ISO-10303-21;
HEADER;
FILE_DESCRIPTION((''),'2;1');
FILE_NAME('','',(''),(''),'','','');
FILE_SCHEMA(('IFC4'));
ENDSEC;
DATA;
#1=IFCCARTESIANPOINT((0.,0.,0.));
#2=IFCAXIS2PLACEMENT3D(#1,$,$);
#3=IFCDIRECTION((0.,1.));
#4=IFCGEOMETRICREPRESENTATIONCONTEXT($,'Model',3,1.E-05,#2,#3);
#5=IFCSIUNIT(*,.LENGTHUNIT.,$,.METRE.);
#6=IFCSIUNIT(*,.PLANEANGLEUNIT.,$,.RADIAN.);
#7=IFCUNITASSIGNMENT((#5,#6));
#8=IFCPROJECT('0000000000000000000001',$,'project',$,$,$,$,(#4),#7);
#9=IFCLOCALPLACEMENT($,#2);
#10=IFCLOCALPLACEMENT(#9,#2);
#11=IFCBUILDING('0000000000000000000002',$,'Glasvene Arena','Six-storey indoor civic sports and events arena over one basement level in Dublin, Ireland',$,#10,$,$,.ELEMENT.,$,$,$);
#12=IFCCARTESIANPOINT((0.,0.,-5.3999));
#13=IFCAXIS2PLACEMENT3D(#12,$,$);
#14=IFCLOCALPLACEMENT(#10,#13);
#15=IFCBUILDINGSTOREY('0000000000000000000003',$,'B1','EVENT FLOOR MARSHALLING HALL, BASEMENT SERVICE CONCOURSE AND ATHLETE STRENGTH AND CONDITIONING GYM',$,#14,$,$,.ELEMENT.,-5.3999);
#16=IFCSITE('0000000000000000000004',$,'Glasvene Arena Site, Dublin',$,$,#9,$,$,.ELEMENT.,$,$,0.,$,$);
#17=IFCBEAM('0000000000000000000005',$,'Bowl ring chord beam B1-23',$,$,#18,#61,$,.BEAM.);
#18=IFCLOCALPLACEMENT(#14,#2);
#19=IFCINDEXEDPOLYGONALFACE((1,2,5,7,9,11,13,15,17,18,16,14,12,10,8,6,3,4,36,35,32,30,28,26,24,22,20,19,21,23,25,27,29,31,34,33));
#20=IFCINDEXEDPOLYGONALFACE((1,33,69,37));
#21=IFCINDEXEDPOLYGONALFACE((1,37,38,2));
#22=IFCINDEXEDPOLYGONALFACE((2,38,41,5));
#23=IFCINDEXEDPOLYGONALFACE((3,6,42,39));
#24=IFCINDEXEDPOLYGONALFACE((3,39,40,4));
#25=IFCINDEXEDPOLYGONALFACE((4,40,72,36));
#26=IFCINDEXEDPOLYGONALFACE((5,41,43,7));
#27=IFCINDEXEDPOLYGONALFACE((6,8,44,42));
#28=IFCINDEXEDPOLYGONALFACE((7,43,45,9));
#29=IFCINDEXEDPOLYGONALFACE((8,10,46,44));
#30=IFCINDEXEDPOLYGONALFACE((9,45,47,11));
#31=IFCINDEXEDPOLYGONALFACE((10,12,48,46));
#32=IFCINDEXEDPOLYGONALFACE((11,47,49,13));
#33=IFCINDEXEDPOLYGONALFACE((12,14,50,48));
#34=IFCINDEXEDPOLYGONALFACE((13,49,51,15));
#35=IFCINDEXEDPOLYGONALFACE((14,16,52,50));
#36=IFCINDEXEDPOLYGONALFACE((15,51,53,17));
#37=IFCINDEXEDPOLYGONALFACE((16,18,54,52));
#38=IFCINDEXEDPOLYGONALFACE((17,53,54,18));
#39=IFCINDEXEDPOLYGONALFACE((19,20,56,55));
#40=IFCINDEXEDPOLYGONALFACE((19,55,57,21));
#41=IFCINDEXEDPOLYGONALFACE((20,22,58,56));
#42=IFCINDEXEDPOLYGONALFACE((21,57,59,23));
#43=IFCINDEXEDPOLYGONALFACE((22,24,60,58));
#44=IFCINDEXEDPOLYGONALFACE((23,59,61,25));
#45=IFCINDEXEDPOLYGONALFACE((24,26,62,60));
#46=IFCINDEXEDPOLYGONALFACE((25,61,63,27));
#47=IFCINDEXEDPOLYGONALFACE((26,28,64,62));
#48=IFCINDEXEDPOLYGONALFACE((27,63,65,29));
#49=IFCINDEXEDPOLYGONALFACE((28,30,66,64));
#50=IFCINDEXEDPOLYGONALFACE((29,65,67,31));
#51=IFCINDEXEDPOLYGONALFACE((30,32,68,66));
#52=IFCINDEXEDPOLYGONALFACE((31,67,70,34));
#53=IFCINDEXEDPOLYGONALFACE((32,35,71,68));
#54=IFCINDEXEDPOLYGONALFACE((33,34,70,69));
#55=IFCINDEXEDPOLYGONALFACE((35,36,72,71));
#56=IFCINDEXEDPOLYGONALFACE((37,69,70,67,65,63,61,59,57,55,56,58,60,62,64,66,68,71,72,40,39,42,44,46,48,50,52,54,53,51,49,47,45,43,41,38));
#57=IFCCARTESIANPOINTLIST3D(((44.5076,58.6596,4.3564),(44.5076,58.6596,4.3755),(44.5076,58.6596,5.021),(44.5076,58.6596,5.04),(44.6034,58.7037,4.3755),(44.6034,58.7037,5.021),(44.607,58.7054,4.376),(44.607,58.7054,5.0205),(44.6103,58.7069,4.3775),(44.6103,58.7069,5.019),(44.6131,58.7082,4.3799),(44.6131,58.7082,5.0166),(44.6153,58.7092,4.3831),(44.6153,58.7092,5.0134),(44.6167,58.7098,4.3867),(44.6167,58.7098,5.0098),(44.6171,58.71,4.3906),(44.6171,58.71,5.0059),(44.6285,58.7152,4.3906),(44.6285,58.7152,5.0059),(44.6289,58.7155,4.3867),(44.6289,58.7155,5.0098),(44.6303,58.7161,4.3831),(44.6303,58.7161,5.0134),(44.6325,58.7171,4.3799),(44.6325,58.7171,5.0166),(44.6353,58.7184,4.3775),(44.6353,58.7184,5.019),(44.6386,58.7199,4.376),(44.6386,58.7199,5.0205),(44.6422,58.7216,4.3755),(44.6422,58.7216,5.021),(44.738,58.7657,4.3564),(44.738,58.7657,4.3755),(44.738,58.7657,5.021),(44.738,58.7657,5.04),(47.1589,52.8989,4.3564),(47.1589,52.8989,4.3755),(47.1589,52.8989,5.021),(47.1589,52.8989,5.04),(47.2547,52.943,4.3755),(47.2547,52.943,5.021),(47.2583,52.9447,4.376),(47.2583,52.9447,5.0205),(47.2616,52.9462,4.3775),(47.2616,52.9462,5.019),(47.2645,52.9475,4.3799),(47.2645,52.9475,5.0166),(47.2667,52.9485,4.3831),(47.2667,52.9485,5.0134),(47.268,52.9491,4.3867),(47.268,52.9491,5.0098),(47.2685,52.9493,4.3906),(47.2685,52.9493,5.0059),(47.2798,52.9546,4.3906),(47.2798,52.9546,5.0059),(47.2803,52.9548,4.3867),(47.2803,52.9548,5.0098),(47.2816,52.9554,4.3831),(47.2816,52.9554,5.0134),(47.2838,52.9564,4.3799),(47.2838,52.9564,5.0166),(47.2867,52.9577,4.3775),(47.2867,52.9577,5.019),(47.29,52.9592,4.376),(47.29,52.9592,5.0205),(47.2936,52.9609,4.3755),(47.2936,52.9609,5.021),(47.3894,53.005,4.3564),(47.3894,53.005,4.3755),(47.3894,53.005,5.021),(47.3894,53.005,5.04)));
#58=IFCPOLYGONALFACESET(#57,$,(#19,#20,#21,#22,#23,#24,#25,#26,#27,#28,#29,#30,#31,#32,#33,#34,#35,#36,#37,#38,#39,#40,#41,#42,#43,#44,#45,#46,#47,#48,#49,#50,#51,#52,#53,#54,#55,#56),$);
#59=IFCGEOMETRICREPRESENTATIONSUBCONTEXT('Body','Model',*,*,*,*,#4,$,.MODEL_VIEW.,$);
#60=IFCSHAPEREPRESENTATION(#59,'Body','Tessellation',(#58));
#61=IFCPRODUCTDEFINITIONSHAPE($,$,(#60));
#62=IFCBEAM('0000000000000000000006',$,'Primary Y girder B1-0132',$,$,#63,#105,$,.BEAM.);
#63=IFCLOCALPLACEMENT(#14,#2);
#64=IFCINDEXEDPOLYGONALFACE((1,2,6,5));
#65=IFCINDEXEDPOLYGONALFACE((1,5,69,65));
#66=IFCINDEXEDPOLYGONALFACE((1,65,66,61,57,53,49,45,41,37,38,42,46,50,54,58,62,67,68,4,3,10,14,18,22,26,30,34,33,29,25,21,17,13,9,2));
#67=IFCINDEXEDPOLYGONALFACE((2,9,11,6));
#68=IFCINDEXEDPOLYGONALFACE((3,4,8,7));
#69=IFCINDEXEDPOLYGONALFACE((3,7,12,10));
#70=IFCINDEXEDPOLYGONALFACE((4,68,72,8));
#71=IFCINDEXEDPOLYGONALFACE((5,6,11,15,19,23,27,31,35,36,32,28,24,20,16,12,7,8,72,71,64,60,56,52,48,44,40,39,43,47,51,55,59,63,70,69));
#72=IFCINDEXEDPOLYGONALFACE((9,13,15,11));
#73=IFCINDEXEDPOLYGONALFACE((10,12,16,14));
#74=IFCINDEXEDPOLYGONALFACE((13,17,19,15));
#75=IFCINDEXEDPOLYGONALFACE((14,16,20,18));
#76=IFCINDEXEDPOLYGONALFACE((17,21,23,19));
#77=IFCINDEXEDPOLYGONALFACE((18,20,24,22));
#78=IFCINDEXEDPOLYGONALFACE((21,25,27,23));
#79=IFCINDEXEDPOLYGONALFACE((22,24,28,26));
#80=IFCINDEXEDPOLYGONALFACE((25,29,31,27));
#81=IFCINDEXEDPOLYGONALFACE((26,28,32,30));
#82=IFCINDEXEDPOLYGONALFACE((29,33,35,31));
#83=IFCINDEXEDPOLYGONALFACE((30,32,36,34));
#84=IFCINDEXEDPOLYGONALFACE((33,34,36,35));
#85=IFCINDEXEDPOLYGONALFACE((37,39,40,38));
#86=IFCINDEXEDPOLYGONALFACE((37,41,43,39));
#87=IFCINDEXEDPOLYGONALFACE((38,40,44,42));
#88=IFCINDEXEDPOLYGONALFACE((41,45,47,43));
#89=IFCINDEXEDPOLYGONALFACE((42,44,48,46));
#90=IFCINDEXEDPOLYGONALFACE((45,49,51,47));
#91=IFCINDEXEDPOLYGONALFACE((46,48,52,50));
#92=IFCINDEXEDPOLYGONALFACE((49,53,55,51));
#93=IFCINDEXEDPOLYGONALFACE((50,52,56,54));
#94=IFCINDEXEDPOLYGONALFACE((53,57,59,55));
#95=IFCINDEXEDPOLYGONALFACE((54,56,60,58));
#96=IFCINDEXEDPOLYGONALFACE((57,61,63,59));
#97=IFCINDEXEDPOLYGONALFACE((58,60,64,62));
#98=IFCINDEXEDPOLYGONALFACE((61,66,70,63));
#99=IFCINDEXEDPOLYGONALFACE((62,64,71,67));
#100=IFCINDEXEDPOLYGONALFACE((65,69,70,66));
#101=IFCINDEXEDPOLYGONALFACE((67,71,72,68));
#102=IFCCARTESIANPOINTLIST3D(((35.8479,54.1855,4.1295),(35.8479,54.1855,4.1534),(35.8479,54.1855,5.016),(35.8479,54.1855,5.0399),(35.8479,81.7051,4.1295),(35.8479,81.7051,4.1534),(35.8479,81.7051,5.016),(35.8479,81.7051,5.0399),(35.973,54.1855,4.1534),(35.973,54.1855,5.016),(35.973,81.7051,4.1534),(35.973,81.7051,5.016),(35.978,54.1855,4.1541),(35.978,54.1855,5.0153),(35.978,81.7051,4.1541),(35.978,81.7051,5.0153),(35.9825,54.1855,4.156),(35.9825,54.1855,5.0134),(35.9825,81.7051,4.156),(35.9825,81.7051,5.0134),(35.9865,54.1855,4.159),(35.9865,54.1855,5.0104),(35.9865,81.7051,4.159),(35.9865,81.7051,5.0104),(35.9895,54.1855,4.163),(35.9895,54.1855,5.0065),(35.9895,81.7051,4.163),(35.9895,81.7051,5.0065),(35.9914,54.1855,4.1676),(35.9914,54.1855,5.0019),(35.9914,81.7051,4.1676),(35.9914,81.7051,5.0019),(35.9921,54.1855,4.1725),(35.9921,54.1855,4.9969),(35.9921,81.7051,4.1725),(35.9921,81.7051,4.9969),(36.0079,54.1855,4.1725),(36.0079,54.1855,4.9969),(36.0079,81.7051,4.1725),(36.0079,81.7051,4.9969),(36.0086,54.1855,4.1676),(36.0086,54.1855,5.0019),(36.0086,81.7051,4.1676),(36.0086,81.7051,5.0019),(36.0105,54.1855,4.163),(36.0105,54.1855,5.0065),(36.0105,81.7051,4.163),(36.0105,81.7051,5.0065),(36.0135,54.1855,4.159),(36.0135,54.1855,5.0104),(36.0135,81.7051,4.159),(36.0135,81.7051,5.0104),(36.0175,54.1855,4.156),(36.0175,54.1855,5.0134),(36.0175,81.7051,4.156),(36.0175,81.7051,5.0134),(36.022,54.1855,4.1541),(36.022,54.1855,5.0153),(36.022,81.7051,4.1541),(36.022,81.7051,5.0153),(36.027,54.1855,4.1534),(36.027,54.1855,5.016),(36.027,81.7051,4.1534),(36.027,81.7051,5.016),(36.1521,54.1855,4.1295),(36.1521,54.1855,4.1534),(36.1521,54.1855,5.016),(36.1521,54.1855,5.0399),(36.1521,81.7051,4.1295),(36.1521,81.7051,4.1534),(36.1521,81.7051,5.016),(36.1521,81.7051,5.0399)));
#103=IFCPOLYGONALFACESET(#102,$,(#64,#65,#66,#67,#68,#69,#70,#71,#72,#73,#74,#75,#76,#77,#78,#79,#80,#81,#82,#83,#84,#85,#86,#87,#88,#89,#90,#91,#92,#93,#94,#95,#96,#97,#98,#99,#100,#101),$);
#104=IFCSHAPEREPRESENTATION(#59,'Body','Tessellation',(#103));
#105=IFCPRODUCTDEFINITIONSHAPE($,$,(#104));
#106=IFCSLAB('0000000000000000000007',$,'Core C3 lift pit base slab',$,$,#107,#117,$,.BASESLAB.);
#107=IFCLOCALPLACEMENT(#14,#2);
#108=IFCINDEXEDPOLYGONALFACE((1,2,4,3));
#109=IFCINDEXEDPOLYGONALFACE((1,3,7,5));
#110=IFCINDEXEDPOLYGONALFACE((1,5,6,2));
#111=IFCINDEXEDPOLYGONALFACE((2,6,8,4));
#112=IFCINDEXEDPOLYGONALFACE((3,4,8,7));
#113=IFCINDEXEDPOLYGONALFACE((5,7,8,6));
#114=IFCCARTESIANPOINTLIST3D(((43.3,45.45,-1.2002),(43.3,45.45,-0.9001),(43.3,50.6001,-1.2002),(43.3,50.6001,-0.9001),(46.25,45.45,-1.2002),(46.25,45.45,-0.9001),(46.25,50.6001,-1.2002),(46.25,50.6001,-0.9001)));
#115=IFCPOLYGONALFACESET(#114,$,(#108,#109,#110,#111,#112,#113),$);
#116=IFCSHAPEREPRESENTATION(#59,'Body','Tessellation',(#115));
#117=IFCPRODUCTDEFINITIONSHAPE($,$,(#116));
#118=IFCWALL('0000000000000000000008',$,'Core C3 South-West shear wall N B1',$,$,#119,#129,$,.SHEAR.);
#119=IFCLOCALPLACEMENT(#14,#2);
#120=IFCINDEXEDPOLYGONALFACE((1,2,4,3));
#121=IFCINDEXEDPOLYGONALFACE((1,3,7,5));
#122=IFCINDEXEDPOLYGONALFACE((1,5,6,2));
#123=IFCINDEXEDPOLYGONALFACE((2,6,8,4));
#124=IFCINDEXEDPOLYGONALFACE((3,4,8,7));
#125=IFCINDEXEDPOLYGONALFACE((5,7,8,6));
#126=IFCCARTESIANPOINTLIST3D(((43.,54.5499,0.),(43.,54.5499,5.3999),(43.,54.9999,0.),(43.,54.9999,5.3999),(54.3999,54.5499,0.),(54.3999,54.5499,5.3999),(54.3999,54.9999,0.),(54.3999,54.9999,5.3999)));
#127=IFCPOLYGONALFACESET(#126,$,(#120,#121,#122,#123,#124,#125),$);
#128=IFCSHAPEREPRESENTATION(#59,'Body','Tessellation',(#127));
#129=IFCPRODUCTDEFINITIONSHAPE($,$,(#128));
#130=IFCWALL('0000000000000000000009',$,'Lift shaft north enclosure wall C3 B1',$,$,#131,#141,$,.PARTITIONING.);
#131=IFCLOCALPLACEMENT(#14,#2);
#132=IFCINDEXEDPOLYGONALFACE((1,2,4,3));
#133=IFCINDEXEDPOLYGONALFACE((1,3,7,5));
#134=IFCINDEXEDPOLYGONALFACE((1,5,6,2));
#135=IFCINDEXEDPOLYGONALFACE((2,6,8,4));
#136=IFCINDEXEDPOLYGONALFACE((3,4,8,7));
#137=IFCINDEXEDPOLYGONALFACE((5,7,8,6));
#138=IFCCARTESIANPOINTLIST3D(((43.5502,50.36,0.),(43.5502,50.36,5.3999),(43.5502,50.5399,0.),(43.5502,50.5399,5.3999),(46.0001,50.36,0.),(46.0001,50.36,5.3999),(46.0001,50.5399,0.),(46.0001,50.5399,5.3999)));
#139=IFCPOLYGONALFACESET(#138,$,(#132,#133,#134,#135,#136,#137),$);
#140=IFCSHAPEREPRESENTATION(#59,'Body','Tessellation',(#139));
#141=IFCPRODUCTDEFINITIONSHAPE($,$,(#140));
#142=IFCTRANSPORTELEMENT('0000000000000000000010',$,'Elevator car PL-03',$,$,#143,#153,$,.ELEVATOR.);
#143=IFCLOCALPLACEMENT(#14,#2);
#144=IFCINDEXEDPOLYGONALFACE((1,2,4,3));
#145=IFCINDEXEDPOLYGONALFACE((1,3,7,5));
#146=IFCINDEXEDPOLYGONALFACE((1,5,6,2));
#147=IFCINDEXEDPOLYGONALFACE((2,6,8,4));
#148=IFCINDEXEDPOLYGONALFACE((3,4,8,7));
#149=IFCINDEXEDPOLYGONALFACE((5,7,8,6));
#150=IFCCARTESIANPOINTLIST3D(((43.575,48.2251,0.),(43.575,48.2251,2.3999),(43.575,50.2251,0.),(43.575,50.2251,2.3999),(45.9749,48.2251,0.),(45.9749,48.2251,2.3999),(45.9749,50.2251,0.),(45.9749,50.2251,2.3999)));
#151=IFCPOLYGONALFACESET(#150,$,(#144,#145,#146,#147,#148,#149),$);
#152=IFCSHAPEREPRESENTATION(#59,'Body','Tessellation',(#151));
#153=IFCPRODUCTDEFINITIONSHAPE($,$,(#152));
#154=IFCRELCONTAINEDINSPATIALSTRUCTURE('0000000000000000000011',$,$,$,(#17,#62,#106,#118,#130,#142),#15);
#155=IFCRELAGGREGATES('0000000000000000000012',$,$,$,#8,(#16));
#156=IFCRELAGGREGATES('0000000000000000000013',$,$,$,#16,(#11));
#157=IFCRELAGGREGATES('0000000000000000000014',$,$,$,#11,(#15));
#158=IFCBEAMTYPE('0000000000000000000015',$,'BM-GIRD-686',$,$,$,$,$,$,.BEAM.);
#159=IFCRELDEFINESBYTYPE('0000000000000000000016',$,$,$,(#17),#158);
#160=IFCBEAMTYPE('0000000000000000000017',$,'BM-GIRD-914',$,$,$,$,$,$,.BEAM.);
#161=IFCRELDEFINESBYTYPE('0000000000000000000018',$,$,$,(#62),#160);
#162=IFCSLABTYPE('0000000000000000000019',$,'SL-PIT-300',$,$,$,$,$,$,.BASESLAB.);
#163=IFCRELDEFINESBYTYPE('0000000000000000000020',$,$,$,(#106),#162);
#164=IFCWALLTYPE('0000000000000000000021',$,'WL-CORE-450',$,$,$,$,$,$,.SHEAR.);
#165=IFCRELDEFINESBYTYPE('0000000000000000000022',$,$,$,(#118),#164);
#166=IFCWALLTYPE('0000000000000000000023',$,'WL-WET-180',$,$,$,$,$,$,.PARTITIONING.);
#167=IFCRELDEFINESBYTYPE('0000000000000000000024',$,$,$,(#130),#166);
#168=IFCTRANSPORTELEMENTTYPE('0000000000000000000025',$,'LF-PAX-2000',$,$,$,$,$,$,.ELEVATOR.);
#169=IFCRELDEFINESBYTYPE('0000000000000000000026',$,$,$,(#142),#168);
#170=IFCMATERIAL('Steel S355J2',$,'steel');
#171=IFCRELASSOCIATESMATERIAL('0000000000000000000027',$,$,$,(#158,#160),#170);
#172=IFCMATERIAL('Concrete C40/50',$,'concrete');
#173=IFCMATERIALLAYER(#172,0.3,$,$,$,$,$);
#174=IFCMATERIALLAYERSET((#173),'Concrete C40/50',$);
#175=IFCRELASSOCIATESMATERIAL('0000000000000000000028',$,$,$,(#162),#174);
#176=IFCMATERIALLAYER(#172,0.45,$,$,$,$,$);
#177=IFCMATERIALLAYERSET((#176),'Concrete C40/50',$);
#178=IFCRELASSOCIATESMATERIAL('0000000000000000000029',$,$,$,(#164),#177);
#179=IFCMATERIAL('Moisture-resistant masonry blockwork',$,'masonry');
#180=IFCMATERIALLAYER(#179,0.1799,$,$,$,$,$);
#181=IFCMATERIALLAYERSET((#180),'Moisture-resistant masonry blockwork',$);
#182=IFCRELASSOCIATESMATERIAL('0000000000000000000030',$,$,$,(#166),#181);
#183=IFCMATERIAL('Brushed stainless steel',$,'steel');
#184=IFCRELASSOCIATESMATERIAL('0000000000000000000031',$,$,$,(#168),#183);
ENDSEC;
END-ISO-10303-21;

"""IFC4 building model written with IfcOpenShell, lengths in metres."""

from ifc_helpers import new_model, si_unit, direction, frame, frame_2d, origin, origin_2d, place, context, subcontext, project, spatial, polyline, rectangle, i_section, outline, extrude, material, layer, layer_set, material_profile, profile_set, type_object, element, save


model = new_model("IFC4")

# Units and contexts
model_context = context("Model", 3, precision=1e-05, world=origin(), true_north=direction((0.0, 1.0)))
body_context = subcontext(model_context, "Body", "Model", "MODEL_VIEW")
ifc_project = project(units=[si_unit("LENGTHUNIT", "METRE"), si_unit("PLANEANGLEUNIT", "RADIAN")], contexts=[model_context])

# Site, building, storey
site_placement = place(None, origin())
site = spatial("IfcSite", under=ifc_project, at=site_placement, Name="Glasvene Arena Site, Dublin", CompositionType="ELEMENT", RefElevation=0.0)
building_placement = place(site_placement, origin())
building = spatial("IfcBuilding", under=site, at=building_placement, Name="Glasvene Arena", Description="Six-storey indoor civic sports and events arena over one basement level in Dublin, Ireland", CompositionType="ELEMENT")
storey_placement = place(building_placement, frame((0.0, 0.0, -5.3999)))
storey = spatial("IfcBuildingStorey", under=building, at=storey_placement, Name="B1", Description="EVENT FLOOR MARSHALLING HALL, BASEMENT SERVICE CONCOURSE AND ATHLETE STRENGTH AND CONDITIONING GYM", CompositionType="ELEMENT", Elevation=-5.3999)

# Shared definitions
ifc_material_1 = material(Name="Concrete C40/50", Category="concrete")

# Shared definitions
ifc_material_2 = material(Name="Steel S355J2", Category="steel")

# Beams
ifc_material_profile_1 = material_profile(ifc_material_2, i_section(OverallWidth=0.2537, OverallDepth=0.6836, WebThickness=0.0125, FlangeThickness=0.019, FilletRadius=0.0151, at=origin_2d()), Name="UKB 686x254x140")
ifc_profile_set_1 = profile_set([ifc_material_profile_1], Name="Steel S355J2")
beam_type_1 = type_object("IfcBeamType", Name="BM-GIRD-686", PredefinedType="BEAM", material=ifc_profile_set_1)
beam_1_placement = place(storey_placement, frame((44.6228, 58.7126, 4.6982), z_axis=(0.418091, -0.908405, 0.0), x_axis=(0.908405, 0.418091, 0.0)))
element("IfcBeam", 1, at=beam_1_placement, inside=storey, type_object=beam_type_1, Name="Bowl ring chord beam B1-23", PredefinedType="BEAM", context=body_context, shape_type="SweptSolid", body=[
    extrude(i_section(OverallWidth=0.2537, OverallDepth=0.6836, WebThickness=0.0125, FlangeThickness=0.019, FilletRadius=0.0151, at=origin_2d()), origin(), (0.0, 0.0, 1.0), 6.3416),
])
ifc_material_profile_2 = material_profile(ifc_material_2, i_section(OverallWidth=0.3042, OverallDepth=0.9104, WebThickness=0.0159, FlangeThickness=0.0239, FilletRadius=0.019, at=origin_2d()), Name="UKB 914x305x224")
ifc_profile_set_2 = profile_set([ifc_material_profile_2], Name="Steel S355J2")
beam_type_2 = type_object("IfcBeamType", Name="BM-GIRD-914", PredefinedType="BEAM", material=ifc_profile_set_2)
beam_2_placement = place(storey_placement, frame((36.0, 54.1855, 4.5847), z_axis=(0.0, 1.0, 0.0), x_axis=(-1.0, 0.0, 0.0)))
element("IfcBeam", 2, at=beam_2_placement, inside=storey, type_object=beam_type_2, Name="Primary Y girder B1-0132", PredefinedType="BEAM", context=body_context, shape_type="SweptSolid", body=[
    extrude(i_section(OverallWidth=0.3042, OverallDepth=0.9104, WebThickness=0.0159, FlangeThickness=0.0239, FilletRadius=0.019, at=origin_2d()), origin(), (0.0, 0.0, 1.0), 27.5195),
])

# Slab
ifc_layer_1 = layer(ifc_material_1, 0.3)
ifc_layer_set_1 = layer_set([ifc_layer_1], Name="Concrete C40/50")
slab_type = type_object("IfcSlabType", Name="SL-PIT-300", PredefinedType="BASESLAB", material=ifc_layer_set_1)
slab_placement = place(storey_placement, frame((44.7749, 48.0249, -1.2002)))
element("IfcSlab", 3, at=slab_placement, inside=storey, type_object=slab_type, Name="Core C3 lift pit base slab", PredefinedType="BASESLAB", context=body_context, shape_type="SweptSolid", body=[
    extrude(outline(polyline([(-1.4749, -2.575), (1.4751, -2.575), (1.4751, 2.5752), (-1.4749, 2.5752), (-1.4749, -2.575)])), origin(), (0.0, 0.0, 1.0), 0.3),
])

# Walls
ifc_layer_2 = layer(ifc_material_1, 0.45)
ifc_layer_set_2 = layer_set([ifc_layer_2], Name="Concrete C40/50")
wall_type_1 = type_object("IfcWallType", Name="WL-CORE-450", PredefinedType="SHEAR", material=ifc_layer_set_2)
wall_1_placement = place(storey_placement, frame((43.0, 54.7749, 0.0), z_axis=(0.0, 0.0, 1.0), x_axis=(1.0, 0.0, 0.0)))
element("IfcWall", 4, at=wall_1_placement, inside=storey, type_object=wall_type_1, Name="Core C3 South-West shear wall N B1", PredefinedType="SHEAR", context=body_context, shape_type="SweptSolid", body=[
    extrude(rectangle(XDim=11.3999, YDim=0.45, at=frame_2d((5.7, 0.0))), origin(), (0.0, 0.0, 1.0), 5.3999),
])
ifc_material_3 = material(Name="Moisture-resistant masonry blockwork", Category="masonry")
ifc_layer_3 = layer(ifc_material_3, 0.1799)
ifc_layer_set_3 = layer_set([ifc_layer_3], Name="Moisture-resistant masonry blockwork")
wall_type_2 = type_object("IfcWallType", Name="WL-WET-180", PredefinedType="PARTITIONING", material=ifc_layer_set_3)
wall_2_placement = place(storey_placement, frame((43.55, 50.45, 0.0), z_axis=(0.0, 0.0, 1.0), x_axis=(1.0, 0.0, 0.0)))
element("IfcWall", 5, at=wall_2_placement, inside=storey, type_object=wall_type_2, Name="Lift shaft north enclosure wall C3 B1", PredefinedType="PARTITIONING", context=body_context, shape_type="SweptSolid", body=[
    extrude(rectangle(XDim=2.45, YDim=0.1799, at=frame_2d((1.2251, 0.0))), origin(), (0.0, 0.0, 1.0), 5.3999),
])

# Transport element
ifc_material_4 = material(Name="Brushed stainless steel", Category="steel")
transport_element_type = type_object("IfcTransportElementType", Name="LF-PAX-2000", PredefinedType="ELEVATOR", material=ifc_material_4)
transport_element_placement = place(storey_placement, frame((44.7749, 49.2251, 0.0), z_axis=(0.0, 0.0, 1.0), x_axis=(1.0, 0.0, 0.0)))
element("IfcTransportElement", 6, at=transport_element_placement, inside=storey, type_object=transport_element_type, Name="Elevator car PL-03", PredefinedType="ELEVATOR", context=body_context, shape_type="SweptSolid", body=[
    extrude(rectangle(XDim=2.3999, YDim=2.0, at=origin_2d()), origin(), (0.0, 0.0, 1.0), 2.3999),
])

save(model, "model.ifc")
